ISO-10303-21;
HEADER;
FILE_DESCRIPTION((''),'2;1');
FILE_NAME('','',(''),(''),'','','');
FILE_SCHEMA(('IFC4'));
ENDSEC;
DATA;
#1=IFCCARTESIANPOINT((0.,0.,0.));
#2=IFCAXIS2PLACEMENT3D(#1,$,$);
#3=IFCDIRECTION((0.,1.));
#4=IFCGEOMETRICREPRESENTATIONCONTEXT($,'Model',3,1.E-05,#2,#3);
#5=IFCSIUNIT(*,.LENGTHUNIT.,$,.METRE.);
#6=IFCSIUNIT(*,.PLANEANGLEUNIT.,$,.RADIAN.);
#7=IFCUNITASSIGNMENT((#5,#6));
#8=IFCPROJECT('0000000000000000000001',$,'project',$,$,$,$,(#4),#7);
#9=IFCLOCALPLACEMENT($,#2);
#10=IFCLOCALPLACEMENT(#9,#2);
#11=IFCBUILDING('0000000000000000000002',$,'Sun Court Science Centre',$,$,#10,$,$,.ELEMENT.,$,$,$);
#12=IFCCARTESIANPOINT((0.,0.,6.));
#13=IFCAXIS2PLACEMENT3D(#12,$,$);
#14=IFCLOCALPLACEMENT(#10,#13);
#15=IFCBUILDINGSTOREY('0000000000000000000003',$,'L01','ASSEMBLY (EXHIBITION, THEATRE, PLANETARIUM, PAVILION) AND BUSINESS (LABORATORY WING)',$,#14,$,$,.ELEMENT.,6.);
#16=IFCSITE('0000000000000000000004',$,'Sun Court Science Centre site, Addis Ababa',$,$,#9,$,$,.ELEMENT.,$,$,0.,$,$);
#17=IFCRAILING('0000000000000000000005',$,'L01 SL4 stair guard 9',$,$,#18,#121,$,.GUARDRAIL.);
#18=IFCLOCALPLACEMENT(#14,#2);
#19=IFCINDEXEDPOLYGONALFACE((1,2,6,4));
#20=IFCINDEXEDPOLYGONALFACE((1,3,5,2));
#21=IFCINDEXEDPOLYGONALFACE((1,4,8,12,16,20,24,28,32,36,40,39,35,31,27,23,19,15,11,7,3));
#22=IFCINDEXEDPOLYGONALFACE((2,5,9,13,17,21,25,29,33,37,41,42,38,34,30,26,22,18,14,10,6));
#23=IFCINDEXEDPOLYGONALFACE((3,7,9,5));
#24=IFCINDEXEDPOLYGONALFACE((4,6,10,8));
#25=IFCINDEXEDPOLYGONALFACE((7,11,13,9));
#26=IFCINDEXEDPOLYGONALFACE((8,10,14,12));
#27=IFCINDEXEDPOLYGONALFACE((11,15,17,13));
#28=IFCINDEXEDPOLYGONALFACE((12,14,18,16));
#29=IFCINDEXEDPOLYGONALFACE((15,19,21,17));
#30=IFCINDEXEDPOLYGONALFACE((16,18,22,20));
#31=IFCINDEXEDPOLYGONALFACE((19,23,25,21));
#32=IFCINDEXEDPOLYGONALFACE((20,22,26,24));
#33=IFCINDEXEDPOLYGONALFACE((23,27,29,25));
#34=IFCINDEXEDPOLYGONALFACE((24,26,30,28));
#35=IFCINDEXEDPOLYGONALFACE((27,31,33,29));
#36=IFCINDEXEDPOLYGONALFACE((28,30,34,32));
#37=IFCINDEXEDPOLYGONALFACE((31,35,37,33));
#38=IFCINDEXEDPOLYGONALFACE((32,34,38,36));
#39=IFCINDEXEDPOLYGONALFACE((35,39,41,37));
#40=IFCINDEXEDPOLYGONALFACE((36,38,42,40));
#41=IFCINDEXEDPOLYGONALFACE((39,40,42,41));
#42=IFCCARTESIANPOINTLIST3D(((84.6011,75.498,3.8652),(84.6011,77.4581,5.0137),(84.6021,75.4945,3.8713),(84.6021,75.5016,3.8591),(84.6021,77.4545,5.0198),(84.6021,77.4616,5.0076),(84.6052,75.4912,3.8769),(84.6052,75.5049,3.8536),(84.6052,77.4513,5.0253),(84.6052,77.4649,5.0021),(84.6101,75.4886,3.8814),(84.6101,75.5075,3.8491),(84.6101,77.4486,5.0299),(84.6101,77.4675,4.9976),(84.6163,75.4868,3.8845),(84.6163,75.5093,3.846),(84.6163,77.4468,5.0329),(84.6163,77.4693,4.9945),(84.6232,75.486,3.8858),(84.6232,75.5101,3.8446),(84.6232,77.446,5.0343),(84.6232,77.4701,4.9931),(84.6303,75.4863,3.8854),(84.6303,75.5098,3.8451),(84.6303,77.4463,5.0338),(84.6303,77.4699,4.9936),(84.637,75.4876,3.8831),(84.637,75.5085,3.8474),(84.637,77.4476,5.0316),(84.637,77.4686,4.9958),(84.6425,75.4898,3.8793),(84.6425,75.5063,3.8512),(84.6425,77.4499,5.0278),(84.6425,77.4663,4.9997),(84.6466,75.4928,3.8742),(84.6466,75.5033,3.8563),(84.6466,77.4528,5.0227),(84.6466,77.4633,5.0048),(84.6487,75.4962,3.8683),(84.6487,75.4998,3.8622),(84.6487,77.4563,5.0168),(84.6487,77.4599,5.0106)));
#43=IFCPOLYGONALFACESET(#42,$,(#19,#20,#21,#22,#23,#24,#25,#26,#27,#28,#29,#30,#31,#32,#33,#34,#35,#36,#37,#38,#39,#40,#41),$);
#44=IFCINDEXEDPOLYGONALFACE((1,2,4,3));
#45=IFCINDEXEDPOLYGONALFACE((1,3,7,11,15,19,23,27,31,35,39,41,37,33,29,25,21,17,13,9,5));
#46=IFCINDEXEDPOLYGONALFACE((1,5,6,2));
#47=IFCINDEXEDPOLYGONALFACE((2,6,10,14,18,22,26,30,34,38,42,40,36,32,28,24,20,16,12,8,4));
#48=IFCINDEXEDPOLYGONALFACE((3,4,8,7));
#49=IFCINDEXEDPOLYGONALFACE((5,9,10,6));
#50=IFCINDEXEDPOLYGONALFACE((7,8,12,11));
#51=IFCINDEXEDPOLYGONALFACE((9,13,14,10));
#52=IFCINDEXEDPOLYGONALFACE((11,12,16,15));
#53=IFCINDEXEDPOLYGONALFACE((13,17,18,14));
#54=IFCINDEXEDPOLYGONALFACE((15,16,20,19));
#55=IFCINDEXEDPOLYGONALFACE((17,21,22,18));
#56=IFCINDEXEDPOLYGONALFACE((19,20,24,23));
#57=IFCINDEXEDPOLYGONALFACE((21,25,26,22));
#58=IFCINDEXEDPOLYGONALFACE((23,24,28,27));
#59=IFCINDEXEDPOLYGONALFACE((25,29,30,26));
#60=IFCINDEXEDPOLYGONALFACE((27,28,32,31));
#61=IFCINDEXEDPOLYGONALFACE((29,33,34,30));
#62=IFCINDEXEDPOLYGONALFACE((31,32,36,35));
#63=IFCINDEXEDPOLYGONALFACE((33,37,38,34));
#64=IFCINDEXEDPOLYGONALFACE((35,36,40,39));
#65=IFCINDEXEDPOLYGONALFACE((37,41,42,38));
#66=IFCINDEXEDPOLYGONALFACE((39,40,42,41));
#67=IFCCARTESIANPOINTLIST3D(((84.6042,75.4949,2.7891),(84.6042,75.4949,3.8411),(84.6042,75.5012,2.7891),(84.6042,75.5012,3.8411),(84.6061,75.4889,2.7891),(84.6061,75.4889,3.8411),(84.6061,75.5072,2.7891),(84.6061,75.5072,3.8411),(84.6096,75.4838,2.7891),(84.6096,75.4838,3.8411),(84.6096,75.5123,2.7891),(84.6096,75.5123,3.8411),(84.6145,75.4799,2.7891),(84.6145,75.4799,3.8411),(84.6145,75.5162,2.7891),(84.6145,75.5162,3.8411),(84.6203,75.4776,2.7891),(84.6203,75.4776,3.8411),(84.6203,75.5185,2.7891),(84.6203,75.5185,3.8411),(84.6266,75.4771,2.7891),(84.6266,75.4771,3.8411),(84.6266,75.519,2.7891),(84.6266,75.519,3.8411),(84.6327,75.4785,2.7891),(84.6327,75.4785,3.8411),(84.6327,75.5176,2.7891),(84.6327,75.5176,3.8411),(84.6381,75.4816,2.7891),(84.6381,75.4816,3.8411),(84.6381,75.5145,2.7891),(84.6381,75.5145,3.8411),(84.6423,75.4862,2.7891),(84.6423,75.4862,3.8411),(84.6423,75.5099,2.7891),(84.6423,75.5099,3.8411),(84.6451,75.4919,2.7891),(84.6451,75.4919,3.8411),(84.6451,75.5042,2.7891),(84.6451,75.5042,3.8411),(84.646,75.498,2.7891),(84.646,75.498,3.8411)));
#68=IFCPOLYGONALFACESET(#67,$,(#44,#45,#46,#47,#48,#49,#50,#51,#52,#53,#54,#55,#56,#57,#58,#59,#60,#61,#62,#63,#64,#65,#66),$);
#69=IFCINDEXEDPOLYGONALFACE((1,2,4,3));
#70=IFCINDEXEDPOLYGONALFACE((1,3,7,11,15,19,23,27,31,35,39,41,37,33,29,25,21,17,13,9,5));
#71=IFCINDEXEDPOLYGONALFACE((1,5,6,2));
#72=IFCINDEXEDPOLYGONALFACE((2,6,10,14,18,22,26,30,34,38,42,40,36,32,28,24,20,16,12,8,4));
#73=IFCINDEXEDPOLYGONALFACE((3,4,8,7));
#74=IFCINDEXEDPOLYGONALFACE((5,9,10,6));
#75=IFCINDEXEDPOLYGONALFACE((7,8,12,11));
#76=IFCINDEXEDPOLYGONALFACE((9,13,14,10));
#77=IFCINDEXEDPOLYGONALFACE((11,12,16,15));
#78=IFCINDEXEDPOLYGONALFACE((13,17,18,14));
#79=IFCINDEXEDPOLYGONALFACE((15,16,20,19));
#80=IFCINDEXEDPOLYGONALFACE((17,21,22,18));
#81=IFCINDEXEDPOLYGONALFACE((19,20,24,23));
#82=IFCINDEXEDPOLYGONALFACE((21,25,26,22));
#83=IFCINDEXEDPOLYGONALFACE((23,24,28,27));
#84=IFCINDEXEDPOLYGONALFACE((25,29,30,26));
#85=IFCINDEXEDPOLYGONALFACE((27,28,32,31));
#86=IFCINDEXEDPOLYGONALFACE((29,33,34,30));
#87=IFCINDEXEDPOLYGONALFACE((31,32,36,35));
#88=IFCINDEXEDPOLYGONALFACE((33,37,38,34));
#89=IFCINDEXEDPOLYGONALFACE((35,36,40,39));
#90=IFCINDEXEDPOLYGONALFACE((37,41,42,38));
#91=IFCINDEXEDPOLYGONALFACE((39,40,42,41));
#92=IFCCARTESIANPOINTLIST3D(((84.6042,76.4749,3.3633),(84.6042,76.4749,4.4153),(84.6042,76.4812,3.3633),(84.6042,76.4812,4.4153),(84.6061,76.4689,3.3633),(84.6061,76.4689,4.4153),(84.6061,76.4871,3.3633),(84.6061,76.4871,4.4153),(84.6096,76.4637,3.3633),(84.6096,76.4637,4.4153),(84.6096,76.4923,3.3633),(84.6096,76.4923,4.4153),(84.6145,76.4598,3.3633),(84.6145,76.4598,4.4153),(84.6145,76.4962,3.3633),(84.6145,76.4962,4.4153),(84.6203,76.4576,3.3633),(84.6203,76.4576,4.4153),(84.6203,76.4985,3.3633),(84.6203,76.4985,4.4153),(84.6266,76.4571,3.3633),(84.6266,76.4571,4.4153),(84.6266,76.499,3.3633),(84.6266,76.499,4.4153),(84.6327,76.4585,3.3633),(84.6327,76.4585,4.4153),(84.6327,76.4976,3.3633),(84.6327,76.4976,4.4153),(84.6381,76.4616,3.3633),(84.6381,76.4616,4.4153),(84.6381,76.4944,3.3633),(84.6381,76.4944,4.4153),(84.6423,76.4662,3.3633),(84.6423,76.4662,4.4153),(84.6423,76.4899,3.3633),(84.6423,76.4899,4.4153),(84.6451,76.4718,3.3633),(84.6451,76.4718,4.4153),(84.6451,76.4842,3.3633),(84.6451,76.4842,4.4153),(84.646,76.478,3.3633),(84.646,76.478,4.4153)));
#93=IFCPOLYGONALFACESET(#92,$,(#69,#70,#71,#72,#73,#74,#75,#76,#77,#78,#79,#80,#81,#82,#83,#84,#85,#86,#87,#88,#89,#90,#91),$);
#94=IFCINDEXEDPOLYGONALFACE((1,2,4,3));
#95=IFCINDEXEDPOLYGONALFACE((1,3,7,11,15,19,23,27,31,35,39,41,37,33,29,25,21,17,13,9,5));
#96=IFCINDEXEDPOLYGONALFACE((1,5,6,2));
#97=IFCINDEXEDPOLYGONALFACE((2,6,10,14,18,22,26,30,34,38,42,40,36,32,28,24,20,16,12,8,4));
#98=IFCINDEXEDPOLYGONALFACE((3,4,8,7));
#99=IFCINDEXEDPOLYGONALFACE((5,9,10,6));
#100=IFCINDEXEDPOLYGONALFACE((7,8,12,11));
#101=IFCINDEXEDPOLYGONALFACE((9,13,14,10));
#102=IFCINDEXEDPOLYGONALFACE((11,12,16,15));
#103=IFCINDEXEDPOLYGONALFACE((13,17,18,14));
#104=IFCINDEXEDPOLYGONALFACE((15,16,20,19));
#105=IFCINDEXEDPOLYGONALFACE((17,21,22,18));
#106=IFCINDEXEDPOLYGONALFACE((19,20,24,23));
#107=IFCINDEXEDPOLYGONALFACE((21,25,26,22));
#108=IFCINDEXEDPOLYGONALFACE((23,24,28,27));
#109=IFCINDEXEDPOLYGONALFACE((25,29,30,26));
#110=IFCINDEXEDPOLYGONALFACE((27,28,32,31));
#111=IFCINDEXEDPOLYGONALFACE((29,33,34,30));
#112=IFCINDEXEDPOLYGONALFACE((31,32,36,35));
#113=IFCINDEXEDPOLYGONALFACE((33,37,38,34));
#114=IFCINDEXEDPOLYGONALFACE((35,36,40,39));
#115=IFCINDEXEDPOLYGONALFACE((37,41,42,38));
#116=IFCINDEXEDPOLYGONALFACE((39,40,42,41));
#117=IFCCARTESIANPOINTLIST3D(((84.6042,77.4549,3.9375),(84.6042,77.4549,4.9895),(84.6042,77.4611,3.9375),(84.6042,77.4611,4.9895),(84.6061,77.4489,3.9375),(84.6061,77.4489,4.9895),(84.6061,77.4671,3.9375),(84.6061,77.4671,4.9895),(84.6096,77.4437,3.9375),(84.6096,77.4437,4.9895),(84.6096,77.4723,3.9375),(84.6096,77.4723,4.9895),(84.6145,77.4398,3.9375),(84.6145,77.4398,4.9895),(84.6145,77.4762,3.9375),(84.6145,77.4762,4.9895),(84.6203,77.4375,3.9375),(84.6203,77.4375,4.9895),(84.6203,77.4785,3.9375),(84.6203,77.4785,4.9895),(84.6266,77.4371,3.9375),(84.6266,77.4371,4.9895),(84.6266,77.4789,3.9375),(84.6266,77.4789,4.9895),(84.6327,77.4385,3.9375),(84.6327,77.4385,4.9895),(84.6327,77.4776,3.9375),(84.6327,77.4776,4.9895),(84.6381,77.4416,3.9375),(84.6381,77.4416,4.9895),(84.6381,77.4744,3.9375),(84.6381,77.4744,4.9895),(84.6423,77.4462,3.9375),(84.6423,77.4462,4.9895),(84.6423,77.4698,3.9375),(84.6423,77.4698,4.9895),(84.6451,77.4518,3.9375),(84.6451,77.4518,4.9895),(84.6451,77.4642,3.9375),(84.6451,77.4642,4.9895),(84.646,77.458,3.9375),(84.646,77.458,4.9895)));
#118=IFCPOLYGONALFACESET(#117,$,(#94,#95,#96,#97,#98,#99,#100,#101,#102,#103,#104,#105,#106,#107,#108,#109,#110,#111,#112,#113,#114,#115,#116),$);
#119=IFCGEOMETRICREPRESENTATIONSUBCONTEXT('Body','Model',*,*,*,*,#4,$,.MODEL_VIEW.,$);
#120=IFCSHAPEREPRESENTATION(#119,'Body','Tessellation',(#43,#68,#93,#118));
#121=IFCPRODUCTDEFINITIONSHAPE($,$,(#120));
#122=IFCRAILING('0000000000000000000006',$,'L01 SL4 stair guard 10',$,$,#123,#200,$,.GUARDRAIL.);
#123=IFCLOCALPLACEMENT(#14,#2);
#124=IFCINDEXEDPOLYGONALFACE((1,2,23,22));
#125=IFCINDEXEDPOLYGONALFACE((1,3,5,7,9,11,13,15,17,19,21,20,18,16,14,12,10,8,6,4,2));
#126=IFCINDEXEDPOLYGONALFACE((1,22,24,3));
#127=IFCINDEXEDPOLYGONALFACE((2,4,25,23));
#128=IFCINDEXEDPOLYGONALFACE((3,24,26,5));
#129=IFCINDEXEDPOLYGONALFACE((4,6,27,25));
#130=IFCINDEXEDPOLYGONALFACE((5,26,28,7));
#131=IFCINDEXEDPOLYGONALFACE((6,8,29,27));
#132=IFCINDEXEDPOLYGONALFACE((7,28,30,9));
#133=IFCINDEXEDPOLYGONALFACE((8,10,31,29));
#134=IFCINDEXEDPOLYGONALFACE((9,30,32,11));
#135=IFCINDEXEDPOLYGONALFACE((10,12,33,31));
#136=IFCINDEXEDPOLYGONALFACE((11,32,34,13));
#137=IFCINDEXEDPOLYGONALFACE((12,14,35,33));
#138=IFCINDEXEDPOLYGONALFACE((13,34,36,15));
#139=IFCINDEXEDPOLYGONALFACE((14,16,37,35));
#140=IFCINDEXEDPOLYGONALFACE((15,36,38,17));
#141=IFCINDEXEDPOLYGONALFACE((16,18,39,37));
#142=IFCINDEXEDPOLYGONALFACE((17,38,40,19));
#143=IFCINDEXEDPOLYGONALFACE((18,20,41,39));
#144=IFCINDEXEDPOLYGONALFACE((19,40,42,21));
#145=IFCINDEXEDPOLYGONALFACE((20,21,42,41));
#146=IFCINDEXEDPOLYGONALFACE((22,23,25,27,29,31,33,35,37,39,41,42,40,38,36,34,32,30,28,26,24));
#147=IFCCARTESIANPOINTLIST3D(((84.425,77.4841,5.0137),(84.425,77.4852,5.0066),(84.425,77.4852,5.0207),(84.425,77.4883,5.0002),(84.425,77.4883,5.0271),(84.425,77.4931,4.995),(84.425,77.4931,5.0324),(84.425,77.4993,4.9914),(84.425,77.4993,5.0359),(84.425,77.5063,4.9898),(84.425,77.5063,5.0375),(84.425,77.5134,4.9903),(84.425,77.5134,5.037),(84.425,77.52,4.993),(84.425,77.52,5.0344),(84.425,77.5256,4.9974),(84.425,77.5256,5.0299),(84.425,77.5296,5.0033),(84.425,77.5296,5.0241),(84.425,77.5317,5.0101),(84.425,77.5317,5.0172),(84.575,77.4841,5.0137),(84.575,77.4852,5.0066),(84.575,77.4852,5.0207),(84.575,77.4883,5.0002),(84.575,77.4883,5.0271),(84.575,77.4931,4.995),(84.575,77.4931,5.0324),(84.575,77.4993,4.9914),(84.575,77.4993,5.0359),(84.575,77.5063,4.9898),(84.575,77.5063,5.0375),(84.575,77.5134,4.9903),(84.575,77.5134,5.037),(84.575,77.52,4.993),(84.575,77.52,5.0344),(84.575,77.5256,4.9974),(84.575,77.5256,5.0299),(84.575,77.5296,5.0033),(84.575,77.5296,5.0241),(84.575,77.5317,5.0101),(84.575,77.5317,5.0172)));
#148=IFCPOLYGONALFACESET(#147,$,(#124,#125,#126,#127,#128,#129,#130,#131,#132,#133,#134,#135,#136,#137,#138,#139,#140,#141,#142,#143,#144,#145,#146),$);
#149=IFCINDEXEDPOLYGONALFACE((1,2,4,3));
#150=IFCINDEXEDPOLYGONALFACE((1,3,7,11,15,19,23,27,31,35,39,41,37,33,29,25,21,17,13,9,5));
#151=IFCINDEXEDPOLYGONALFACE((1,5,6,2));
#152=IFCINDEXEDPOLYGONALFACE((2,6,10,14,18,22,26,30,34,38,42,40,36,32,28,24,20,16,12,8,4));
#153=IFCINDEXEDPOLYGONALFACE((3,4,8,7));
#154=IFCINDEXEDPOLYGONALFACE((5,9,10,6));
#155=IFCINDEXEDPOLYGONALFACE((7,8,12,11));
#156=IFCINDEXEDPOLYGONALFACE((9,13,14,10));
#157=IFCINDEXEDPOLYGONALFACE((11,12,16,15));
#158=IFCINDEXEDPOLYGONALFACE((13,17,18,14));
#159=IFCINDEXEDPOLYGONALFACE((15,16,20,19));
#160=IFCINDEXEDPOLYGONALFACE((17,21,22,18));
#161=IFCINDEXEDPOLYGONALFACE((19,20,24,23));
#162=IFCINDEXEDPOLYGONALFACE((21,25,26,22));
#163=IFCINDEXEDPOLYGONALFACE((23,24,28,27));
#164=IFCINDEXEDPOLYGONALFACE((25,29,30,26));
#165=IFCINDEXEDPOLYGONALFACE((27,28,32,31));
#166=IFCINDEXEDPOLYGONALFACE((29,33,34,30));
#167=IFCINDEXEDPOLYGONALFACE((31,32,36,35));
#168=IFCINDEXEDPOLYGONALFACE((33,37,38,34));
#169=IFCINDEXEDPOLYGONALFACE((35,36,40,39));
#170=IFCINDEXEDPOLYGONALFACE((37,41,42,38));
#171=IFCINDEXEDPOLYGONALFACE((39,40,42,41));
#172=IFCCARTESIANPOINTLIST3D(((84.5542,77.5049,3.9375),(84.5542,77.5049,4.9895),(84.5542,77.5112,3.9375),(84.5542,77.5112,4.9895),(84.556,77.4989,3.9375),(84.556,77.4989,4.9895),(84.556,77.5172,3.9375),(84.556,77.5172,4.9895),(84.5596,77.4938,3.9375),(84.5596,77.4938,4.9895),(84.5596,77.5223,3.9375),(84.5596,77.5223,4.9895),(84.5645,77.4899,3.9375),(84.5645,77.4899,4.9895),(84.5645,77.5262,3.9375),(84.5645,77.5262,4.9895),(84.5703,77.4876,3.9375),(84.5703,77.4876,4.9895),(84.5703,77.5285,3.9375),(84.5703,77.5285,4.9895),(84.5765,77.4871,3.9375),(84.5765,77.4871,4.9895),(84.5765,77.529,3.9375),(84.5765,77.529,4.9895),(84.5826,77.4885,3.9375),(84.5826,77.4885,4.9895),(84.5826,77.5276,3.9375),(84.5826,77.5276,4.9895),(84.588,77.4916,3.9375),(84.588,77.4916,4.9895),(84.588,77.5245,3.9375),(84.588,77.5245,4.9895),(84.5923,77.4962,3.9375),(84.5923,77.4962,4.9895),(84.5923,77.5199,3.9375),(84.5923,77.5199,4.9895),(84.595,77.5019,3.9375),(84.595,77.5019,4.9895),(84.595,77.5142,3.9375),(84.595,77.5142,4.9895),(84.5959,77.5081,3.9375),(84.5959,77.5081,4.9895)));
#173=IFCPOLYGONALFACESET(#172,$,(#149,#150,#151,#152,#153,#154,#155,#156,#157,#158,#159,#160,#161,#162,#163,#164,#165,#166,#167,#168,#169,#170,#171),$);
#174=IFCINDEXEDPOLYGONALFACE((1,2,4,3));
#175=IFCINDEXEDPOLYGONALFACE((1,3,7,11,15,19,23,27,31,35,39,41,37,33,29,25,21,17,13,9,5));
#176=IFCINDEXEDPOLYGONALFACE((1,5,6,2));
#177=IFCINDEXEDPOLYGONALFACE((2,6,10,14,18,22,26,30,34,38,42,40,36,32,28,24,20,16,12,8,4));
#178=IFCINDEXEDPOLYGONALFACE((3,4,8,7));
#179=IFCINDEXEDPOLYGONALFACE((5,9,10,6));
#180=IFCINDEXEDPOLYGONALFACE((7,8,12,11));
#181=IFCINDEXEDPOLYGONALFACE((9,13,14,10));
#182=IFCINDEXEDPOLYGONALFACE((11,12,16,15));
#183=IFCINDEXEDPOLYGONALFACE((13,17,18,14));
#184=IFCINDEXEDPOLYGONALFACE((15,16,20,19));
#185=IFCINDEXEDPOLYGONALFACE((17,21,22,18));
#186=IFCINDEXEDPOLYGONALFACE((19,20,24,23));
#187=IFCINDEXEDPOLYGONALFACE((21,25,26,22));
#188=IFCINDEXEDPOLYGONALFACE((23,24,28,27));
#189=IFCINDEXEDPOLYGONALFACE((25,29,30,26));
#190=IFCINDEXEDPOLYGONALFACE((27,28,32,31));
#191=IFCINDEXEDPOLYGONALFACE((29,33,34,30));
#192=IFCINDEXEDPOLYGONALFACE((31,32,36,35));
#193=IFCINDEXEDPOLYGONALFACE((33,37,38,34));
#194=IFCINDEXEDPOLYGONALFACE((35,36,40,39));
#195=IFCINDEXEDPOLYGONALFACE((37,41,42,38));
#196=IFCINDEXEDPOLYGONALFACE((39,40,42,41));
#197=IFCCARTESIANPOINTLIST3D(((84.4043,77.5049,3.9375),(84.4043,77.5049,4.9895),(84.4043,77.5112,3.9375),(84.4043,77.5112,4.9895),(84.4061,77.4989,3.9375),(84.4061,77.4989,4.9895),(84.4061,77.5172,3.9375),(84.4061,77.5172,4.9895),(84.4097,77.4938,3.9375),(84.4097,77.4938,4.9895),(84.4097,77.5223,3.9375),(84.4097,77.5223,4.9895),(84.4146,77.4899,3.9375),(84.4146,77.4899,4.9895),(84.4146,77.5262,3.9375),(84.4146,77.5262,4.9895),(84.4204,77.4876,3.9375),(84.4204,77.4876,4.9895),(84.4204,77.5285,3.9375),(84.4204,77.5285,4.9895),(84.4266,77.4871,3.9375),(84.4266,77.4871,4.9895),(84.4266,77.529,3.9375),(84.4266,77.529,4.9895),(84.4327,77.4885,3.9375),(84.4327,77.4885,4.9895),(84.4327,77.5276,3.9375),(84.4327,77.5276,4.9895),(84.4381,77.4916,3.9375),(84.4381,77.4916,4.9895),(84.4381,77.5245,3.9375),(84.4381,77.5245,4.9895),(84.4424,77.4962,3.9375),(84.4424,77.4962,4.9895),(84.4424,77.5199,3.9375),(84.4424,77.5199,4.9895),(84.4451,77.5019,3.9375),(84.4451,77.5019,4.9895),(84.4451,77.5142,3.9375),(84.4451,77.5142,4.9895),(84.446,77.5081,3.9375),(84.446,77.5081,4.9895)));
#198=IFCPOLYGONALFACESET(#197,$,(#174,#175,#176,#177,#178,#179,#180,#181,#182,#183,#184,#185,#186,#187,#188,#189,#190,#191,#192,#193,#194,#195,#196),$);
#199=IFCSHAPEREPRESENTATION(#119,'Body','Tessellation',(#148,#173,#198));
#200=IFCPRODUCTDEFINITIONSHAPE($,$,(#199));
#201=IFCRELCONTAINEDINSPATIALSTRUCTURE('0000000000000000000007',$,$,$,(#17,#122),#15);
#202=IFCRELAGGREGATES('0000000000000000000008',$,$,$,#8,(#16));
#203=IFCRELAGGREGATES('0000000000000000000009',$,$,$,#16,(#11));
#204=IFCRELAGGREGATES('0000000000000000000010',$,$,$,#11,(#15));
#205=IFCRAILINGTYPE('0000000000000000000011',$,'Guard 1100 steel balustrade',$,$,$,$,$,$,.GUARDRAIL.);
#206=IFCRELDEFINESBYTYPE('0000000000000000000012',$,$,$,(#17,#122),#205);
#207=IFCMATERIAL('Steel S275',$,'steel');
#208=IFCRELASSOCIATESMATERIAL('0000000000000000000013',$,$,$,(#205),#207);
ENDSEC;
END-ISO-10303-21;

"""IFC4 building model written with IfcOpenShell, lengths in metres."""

from ifc_helpers import new_model, si_unit, direction, frame, origin, origin_2d, place, context, subcontext, project, spatial, circle, extrude, material, type_object, element, save


model = new_model("IFC4")

# Units and contexts
model_context = context("Model", 3, precision=1e-05, world=origin(), true_north=direction((0.0, 1.0)))
body_context = subcontext(model_context, "Body", "Model", "MODEL_VIEW")
ifc_project = project(units=[si_unit("LENGTHUNIT", "METRE"), si_unit("PLANEANGLEUNIT", "RADIAN")], contexts=[model_context])

# Site, building, storey
site_placement = place(None, origin())
site = spatial("IfcSite", under=ifc_project, at=site_placement, Name="Sun Court Science Centre site, Addis Ababa", CompositionType="ELEMENT", RefElevation=0.0)
building_placement = place(site_placement, origin())
building = spatial("IfcBuilding", under=site, at=building_placement, Name="Sun Court Science Centre", CompositionType="ELEMENT")
storey_placement = place(building_placement, frame((0.0, 0.0, 6.0)))
storey = spatial("IfcBuildingStorey", under=building, at=storey_placement, Name="L01", Description="ASSEMBLY (EXHIBITION, THEATRE, PLANETARIUM, PAVILION) AND BUSINESS (LABORATORY WING)", CompositionType="ELEMENT", Elevation=6.0)

# Railings
ifc_material_1 = material(Name="Steel S275", Category="steel")
railing_type_1 = type_object("IfcRailingType", Name="Guard 1100 steel balustrade", PredefinedType="GUARDRAIL", material=ifc_material_1)
railing_1_placement = place(storey_placement, frame((84.625, 75.498, 2.7891)))
element("IfcRailing", 1, at=railing_1_placement, inside=storey, type_object=railing_type_1, Name="L01 SL4 stair guard 9", PredefinedType="GUARDRAIL", context=body_context, shape_type="SweptSolid", body=[
    extrude(circle(Radius=0.0239, at=origin_2d()), frame((0.0, 0.0, 1.0762), z_axis=(0.0, 0.862795, 0.505554), x_axis=(-1.0, 0.0, 0.0)), (0.0, 0.0, 1.0), 2.2717),
    extrude(circle(Radius=0.021, at=origin_2d()), origin(), (0.0, 0.0, 1.0), 1.052),
    extrude(circle(Radius=0.021, at=origin_2d()), frame((0.0, 0.98, 0.5742)), (0.0, 0.0, 1.0), 1.052),
    extrude(circle(Radius=0.021, at=origin_2d()), frame((0.0, 1.96, 1.1484)), (0.0, 0.0, 1.0), 1.052),
])
railing_2_placement = place(storey_placement, frame((84.575, 77.5081, 3.9375)))
element("IfcRailing", 2, at=railing_2_placement, inside=storey, type_object=railing_type_1, Name="L01 SL4 stair guard 10", PredefinedType="GUARDRAIL", context=body_context, shape_type="SweptSolid", body=[
    extrude(circle(Radius=0.0239, at=origin_2d()), frame((0.0, 0.0, 1.0762), z_axis=(-1.0, 0.0, 0.0), x_axis=(0.0, -1.0, 0.0)), (0.0, 0.0, 1.0), 0.1499),
    extrude(circle(Radius=0.021, at=origin_2d()), origin(), (0.0, 0.0, 1.0), 1.052),
    extrude(circle(Radius=0.021, at=origin_2d()), frame((-0.1499, 0.0, 0.0)), (0.0, 0.0, 1.0), 1.052),
])

save(model, "model.ifc")
